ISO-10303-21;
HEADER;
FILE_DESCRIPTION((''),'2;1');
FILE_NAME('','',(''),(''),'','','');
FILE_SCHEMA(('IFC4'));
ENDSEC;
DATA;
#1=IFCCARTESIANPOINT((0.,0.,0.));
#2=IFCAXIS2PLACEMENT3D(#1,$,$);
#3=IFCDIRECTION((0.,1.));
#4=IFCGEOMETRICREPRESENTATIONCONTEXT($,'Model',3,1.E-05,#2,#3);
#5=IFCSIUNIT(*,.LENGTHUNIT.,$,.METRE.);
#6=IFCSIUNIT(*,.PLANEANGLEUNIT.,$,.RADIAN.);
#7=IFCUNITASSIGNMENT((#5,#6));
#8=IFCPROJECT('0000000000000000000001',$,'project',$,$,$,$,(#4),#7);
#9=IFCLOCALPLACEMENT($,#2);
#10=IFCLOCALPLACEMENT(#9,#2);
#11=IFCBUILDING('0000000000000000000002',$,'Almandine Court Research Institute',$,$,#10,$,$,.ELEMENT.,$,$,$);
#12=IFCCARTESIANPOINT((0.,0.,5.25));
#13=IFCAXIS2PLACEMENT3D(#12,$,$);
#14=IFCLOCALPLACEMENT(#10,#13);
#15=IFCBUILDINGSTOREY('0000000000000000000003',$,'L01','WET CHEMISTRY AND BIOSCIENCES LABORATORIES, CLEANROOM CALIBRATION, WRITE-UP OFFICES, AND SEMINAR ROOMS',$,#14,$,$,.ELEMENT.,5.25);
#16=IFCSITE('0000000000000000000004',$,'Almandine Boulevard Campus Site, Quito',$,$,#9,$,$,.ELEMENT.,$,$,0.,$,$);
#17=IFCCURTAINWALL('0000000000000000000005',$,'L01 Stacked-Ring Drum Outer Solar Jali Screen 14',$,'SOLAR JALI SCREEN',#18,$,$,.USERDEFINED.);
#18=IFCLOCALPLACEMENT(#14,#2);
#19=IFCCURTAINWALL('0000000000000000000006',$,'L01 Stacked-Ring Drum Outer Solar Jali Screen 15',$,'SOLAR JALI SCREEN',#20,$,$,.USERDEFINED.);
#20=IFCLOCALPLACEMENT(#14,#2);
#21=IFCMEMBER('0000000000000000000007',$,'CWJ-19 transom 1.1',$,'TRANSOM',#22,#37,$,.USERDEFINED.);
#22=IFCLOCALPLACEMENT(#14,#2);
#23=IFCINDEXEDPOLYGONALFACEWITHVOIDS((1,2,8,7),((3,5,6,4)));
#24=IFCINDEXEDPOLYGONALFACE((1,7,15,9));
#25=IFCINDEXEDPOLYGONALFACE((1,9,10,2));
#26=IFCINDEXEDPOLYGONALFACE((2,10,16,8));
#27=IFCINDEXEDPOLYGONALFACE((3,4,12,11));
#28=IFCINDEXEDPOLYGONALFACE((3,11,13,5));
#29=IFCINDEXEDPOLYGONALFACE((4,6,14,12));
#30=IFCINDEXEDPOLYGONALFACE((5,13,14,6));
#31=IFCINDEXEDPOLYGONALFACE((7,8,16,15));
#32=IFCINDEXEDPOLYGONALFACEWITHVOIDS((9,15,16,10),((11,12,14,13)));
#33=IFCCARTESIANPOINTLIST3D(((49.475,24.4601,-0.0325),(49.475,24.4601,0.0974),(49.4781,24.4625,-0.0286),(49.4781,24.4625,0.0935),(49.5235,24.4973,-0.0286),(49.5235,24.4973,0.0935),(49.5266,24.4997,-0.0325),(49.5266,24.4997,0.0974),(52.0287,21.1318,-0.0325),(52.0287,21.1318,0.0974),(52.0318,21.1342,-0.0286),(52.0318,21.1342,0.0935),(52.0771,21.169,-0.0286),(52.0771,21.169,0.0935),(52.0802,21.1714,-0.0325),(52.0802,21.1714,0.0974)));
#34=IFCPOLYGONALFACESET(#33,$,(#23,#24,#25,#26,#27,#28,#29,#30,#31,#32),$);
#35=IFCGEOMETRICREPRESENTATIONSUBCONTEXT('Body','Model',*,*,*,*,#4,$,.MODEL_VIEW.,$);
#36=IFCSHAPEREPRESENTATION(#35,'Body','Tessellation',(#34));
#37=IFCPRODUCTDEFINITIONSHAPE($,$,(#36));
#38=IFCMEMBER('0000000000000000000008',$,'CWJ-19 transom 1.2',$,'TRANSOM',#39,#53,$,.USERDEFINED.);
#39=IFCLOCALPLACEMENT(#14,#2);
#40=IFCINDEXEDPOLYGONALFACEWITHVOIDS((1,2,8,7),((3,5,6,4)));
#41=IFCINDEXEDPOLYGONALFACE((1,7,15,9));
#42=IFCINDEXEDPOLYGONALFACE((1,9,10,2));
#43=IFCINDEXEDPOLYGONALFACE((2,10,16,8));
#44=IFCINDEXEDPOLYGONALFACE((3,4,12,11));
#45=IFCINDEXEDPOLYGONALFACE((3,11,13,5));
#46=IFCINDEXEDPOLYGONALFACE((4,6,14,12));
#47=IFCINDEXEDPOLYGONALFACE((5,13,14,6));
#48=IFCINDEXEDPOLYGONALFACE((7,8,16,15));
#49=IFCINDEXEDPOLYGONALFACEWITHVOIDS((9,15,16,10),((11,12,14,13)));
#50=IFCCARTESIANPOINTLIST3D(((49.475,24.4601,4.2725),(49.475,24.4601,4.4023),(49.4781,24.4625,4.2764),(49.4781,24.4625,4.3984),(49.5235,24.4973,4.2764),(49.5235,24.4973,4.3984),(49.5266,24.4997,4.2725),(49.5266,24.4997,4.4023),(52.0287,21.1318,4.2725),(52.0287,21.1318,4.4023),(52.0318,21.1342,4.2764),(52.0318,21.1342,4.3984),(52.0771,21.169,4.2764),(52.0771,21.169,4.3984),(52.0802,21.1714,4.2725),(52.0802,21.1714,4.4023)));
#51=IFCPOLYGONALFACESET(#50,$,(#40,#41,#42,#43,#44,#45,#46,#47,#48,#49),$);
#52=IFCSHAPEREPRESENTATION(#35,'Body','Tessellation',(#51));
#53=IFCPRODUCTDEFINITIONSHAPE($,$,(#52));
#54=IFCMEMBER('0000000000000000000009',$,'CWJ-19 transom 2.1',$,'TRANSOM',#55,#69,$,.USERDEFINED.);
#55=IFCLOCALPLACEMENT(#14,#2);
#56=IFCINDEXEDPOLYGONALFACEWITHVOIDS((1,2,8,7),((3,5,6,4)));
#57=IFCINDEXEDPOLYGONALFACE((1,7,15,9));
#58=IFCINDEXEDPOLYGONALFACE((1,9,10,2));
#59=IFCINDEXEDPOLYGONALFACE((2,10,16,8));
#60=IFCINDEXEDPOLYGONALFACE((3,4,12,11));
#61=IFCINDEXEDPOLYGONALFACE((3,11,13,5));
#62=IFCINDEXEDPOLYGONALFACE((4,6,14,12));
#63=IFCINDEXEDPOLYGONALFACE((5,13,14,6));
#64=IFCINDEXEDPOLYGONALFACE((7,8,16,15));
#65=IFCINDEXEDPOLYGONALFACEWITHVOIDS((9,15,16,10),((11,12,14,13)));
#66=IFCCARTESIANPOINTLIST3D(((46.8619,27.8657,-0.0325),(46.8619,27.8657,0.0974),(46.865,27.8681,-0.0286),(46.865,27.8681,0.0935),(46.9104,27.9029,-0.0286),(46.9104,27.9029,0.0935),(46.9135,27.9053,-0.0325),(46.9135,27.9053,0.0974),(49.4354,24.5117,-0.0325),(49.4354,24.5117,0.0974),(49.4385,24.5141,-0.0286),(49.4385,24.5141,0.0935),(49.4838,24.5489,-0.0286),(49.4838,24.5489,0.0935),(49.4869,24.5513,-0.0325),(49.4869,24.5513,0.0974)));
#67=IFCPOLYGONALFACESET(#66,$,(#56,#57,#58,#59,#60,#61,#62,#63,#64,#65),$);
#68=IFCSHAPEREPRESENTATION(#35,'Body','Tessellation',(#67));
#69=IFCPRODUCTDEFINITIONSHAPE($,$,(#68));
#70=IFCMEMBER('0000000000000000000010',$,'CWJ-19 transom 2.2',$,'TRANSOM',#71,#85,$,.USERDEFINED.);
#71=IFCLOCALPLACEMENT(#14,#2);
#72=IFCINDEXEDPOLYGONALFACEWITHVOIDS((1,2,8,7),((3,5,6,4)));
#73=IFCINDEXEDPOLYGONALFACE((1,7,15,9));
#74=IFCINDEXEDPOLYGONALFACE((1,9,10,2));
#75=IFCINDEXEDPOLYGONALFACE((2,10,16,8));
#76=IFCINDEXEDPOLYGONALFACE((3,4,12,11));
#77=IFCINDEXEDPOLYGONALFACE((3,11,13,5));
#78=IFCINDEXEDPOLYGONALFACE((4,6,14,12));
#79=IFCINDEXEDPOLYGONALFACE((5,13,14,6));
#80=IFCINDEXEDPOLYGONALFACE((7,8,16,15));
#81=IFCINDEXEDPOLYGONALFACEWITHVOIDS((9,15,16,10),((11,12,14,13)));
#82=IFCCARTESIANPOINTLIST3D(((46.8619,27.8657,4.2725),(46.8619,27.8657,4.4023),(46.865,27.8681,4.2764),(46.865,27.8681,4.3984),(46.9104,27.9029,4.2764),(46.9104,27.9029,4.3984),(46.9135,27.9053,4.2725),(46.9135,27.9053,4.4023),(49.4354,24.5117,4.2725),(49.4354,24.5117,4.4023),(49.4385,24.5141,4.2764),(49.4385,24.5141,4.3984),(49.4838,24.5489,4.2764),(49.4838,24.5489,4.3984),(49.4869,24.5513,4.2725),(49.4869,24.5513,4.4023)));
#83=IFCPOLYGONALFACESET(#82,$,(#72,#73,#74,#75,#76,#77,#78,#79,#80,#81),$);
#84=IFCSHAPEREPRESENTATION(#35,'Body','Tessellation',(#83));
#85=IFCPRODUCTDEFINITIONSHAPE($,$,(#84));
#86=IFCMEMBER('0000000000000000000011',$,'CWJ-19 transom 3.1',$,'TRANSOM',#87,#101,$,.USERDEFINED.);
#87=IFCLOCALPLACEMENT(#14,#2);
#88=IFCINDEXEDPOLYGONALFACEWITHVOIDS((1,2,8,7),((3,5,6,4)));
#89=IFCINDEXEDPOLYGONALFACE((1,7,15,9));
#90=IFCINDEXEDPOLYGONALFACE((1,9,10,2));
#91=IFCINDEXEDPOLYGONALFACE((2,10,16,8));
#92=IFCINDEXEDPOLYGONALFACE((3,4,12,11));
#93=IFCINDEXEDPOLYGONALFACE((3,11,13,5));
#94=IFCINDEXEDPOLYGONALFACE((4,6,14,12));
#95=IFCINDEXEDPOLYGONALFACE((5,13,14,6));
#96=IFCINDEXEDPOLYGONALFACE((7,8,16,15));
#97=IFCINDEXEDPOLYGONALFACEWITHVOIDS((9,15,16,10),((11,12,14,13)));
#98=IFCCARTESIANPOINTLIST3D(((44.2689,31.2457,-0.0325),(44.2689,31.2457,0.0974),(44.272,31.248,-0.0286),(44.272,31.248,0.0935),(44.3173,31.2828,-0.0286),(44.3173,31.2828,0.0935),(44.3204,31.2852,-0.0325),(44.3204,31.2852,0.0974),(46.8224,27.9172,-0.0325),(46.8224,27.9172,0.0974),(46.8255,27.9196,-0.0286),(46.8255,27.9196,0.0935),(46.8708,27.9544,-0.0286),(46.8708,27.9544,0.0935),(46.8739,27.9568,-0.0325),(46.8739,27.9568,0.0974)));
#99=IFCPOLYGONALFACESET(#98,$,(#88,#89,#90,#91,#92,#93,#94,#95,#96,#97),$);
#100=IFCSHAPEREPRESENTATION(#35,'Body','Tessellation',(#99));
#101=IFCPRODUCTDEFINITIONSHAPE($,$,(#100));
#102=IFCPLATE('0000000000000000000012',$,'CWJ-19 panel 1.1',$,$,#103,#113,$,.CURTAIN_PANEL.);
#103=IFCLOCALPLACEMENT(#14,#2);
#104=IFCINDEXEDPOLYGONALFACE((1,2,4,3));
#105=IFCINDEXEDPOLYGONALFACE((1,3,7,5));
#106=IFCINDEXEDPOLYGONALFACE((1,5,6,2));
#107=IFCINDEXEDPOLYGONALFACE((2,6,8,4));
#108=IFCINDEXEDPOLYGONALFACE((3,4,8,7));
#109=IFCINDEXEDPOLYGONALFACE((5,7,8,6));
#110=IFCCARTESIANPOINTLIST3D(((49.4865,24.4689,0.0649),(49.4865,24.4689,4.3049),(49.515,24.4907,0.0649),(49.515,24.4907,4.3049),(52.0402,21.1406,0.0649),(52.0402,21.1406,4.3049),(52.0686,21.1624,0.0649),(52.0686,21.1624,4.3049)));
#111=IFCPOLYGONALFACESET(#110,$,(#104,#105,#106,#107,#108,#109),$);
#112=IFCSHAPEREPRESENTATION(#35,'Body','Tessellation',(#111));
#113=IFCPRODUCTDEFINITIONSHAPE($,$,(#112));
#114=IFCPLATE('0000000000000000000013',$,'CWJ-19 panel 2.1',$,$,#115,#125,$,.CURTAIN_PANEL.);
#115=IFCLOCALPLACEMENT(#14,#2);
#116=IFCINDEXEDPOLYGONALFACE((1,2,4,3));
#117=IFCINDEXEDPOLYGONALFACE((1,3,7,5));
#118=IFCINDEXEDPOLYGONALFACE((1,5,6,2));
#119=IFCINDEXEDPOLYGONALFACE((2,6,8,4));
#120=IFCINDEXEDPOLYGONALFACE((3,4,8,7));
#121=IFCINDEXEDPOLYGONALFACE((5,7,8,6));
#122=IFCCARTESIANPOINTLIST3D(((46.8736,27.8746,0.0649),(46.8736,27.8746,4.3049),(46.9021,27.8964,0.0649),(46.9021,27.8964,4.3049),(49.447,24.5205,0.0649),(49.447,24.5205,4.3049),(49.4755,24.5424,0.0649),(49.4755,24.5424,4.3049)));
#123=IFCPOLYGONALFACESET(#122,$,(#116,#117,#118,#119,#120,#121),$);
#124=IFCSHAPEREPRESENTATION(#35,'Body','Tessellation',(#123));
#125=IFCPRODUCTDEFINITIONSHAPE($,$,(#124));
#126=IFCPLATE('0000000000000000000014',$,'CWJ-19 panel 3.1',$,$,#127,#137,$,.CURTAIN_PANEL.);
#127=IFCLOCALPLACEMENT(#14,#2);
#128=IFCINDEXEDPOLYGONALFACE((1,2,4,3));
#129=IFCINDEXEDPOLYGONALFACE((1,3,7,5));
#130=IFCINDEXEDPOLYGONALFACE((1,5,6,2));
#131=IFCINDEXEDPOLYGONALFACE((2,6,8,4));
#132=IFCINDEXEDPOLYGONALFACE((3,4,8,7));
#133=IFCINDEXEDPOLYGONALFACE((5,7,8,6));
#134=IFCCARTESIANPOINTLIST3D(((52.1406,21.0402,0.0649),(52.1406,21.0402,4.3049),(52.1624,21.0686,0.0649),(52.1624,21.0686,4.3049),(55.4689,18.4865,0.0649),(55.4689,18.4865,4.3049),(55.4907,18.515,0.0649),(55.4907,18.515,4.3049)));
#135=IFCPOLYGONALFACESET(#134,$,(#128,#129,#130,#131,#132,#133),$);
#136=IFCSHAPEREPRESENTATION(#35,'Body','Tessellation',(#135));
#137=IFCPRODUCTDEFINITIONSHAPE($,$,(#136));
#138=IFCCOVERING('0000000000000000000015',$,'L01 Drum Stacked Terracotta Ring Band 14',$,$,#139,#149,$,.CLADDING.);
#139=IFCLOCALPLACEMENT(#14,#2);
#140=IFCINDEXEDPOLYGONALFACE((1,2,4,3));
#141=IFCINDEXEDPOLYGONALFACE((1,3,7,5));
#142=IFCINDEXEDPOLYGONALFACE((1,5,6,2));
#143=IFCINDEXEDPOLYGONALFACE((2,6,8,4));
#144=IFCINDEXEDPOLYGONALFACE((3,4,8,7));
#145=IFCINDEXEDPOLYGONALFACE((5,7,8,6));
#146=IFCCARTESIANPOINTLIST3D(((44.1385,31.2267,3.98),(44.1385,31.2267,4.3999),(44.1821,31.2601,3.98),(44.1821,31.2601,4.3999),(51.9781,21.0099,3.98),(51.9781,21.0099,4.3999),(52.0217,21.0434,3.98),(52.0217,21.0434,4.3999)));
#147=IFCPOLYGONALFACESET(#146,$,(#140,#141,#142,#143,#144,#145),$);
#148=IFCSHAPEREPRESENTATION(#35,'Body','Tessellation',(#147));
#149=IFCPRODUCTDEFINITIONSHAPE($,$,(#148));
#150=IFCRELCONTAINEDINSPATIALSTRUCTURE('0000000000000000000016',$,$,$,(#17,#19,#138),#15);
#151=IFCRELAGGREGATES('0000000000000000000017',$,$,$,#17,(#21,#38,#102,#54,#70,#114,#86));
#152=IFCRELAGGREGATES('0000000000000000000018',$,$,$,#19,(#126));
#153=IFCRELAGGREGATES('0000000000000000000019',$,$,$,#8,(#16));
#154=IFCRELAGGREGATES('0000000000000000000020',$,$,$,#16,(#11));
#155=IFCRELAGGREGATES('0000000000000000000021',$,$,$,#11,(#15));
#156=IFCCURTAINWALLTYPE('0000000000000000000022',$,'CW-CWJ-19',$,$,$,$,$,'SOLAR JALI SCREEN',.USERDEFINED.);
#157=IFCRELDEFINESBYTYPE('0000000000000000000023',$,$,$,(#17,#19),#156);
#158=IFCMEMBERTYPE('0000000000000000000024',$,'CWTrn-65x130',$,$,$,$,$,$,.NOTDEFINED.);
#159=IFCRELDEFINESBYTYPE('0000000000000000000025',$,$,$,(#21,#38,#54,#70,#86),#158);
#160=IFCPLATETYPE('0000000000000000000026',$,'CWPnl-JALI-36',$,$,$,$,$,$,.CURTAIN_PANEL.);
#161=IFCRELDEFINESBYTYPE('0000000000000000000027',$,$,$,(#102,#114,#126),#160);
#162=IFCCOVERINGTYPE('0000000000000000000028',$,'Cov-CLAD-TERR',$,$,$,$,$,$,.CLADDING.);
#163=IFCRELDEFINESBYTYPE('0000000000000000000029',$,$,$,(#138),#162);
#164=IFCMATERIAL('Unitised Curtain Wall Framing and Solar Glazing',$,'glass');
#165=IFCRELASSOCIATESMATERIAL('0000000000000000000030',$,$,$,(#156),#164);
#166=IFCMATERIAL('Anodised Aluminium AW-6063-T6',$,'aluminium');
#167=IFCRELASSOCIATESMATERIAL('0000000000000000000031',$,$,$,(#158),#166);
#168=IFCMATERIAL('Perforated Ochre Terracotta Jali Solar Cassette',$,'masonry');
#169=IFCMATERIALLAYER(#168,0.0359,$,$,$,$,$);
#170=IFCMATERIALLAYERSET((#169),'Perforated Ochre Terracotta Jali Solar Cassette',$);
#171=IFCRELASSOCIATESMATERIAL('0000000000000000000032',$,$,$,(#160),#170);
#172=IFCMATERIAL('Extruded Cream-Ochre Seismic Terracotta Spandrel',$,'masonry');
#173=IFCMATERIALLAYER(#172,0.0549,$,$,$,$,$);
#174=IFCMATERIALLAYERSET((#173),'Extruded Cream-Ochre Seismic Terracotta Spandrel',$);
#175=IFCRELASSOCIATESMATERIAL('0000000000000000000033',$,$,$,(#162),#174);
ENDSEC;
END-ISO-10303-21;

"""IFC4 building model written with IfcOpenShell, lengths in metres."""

from ifc_helpers import new_model, si_unit, direction, frame, origin, origin_2d, place, context, subcontext, project, spatial, rectangle, hollow_rectangle, extrude, material, layer, layer_set, material_profile, profile_set, type_object, element, aggregate, save


model = new_model("IFC4")

# Units and contexts
model_context = context("Model", 3, precision=1e-05, world=origin(), true_north=direction((0.0, 1.0)))
body_context = subcontext(model_context, "Body", "Model", "MODEL_VIEW")
ifc_project = project(units=[si_unit("LENGTHUNIT", "METRE"), si_unit("PLANEANGLEUNIT", "RADIAN")], contexts=[model_context])

# Site, building, storey
site_placement = place(None, origin())
site = spatial("IfcSite", under=ifc_project, at=site_placement, Name="Almandine Boulevard Campus Site, Quito", CompositionType="ELEMENT", RefElevation=0.0)
building_placement = place(site_placement, origin())
building = spatial("IfcBuilding", under=site, at=building_placement, Name="Almandine Court Research Institute", CompositionType="ELEMENT")
storey_placement = place(building_placement, frame((0.0, 0.0, 5.25)))
storey = spatial("IfcBuildingStorey", under=building, at=storey_placement, Name="L01", Description="WET CHEMISTRY AND BIOSCIENCES LABORATORIES, CLEANROOM CALIBRATION, WRITE-UP OFFICES, AND SEMINAR ROOMS", CompositionType="ELEMENT", Elevation=5.25)

# Curtain wall
ifc_material_1 = material(Name="Unitised Curtain Wall Framing and Solar Glazing", Category="glass")
curtain_wall_type = type_object("IfcCurtainWallType", Name="CW-CWJ-19", ElementType="SOLAR JALI SCREEN", PredefinedType="USERDEFINED", material=ifc_material_1)
curtain_wall_1_placement = place(storey_placement, origin())
curtain_wall_1 = element("IfcCurtainWall", 1, at=curtain_wall_1_placement, inside=storey, type_object=curtain_wall_type, Name="L01 Stacked-Ring Drum Outer Solar Jali Screen 14", ObjectType="SOLAR JALI SCREEN", PredefinedType="USERDEFINED")
ifc_material_2 = material(Name="Anodised Aluminium AW-6063-T6", Category="aluminium")

# Curtain wall
curtain_wall_2_placement = place(storey_placement, origin())
curtain_wall_2 = element("IfcCurtainWall", 2, at=curtain_wall_2_placement, inside=storey, type_object=curtain_wall_type, Name="L01 Stacked-Ring Drum Outer Solar Jali Screen 15", ObjectType="SOLAR JALI SCREEN", PredefinedType="USERDEFINED")

# Members
ifc_material_profile_1 = material_profile(ifc_material_2, hollow_rectangle(XDim=0.0649, YDim=0.1299, WallThickness=0.0039, at=origin_2d()), Name="ALU RHS 65x130x4")
ifc_profile_set_1 = profile_set([ifc_material_profile_1], Name="Anodised Aluminium AW-6063-T6")
member_type_1 = type_object("IfcMemberType", Name="CWTrn-65x130", PredefinedType="NOTDEFINED", material=ifc_profile_set_1)
member_1_placement = place(storey_placement, frame((52.0544, 21.1516, 0.0325), z_axis=(-0.608726, 0.793381, 0.0), x_axis=(-0.793381, -0.608726, 0.0)))
member_1 = element("IfcMember", 3, at=member_1_placement, type_object=member_type_1, Name="CWJ-19 transom 1.1", ObjectType="TRANSOM", PredefinedType="USERDEFINED", context=body_context, shape_type="SweptSolid", body=[
    extrude(hollow_rectangle(XDim=0.0649, YDim=0.1299, WallThickness=0.0039, at=origin_2d()), origin(), (0.0, 0.0, 1.0), 4.1951),
])
member_2_placement = place(storey_placement, frame((52.0544, 21.1516, 4.3374), z_axis=(-0.608726, 0.793381, 0.0), x_axis=(-0.793381, -0.608726, 0.0)))
member_2 = element("IfcMember", 4, at=member_2_placement, type_object=member_type_1, Name="CWJ-19 transom 1.2", ObjectType="TRANSOM", PredefinedType="USERDEFINED", context=body_context, shape_type="SweptSolid", body=[
    extrude(hollow_rectangle(XDim=0.0649, YDim=0.1299, WallThickness=0.0039, at=origin_2d()), origin(), (0.0, 0.0, 1.0), 4.1951),
])
member_3_placement = place(storey_placement, frame((49.4612, 24.5315, 0.0325), z_axis=(-0.608742, 0.793368, 0.0), x_axis=(-0.793368, -0.608742, 0.0)))
member_3 = element("IfcMember", 5, at=member_3_placement, type_object=member_type_1, Name="CWJ-19 transom 2.1", ObjectType="TRANSOM", PredefinedType="USERDEFINED", context=body_context, shape_type="SweptSolid", body=[
    extrude(hollow_rectangle(XDim=0.0649, YDim=0.1299, WallThickness=0.0039, at=origin_2d()), origin(), (0.0, 0.0, 1.0), 4.2275),
])
member_4_placement = place(storey_placement, frame((49.4612, 24.5315, 4.3374), z_axis=(-0.608742, 0.793368, 0.0), x_axis=(-0.793368, -0.608742, 0.0)))
member_4 = element("IfcMember", 6, at=member_4_placement, type_object=member_type_1, Name="CWJ-19 transom 2.2", ObjectType="TRANSOM", PredefinedType="USERDEFINED", context=body_context, shape_type="SweptSolid", body=[
    extrude(hollow_rectangle(XDim=0.0649, YDim=0.1299, WallThickness=0.0039, at=origin_2d()), origin(), (0.0, 0.0, 1.0), 4.2275),
])
member_5_placement = place(storey_placement, frame((46.8481, 27.937, 0.0325), z_axis=(-0.608689, 0.793409, 0.0), x_axis=(-0.793409, -0.608689, 0.0)))
member_5 = element("IfcMember", 7, at=member_5_placement, type_object=member_type_1, Name="CWJ-19 transom 3.1", ObjectType="TRANSOM", PredefinedType="USERDEFINED", context=body_context, shape_type="SweptSolid", body=[
    extrude(hollow_rectangle(XDim=0.0649, YDim=0.1299, WallThickness=0.0039, at=origin_2d()), origin(), (0.0, 0.0, 1.0), 4.1951),
])

# Plates
ifc_material_3 = material(Name="Perforated Ochre Terracotta Jali Solar Cassette", Category="masonry")
ifc_layer_1 = layer(ifc_material_3, 0.0359)
ifc_layer_set_1 = layer_set([ifc_layer_1], Name="Perforated Ochre Terracotta Jali Solar Cassette")
plate_type = type_object("IfcPlateType", Name="CWPnl-JALI-36", PredefinedType="CURTAIN_PANEL", material=ifc_layer_set_1)
plate_1_placement = place(storey_placement, frame((50.7776, 22.8157, 0.0649), z_axis=(0.0, 0.0, 1.0), x_axis=(-0.608723, 0.793383, 0.0)))
plate_1 = element("IfcPlate", 8, at=plate_1_placement, type_object=plate_type, Name="CWJ-19 panel 1.1", PredefinedType="CURTAIN_PANEL", context=body_context, shape_type="SweptSolid", body=[
    extrude(rectangle(XDim=4.1951, YDim=0.0359, at=origin_2d()), origin(), (0.0, 0.0, 1.0), 4.24),
])
plate_2_placement = place(storey_placement, frame((48.1746, 26.2085, 0.0649), z_axis=(0.0, 0.0, 1.0), x_axis=(-0.608723, 0.793383, 0.0)))
plate_2 = element("IfcPlate", 9, at=plate_2_placement, type_object=plate_type, Name="CWJ-19 panel 2.1", PredefinedType="CURTAIN_PANEL", context=body_context, shape_type="SweptSolid", body=[
    extrude(rectangle(XDim=4.2275, YDim=0.0359, at=origin_2d()), origin(), (0.0, 0.0, 1.0), 4.24),
])
aggregate(curtain_wall_1, [member_1, member_2, plate_1, member_3, member_4, plate_2, member_5])
plate_3_placement = place(storey_placement, frame((53.8157, 19.7776, 0.0649), z_axis=(0.0, 0.0, 1.0), x_axis=(-0.793383, 0.608723, 0.0)))
plate_3 = element("IfcPlate", 10, at=plate_3_placement, type_object=plate_type, Name="CWJ-19 panel 3.1", PredefinedType="CURTAIN_PANEL", context=body_context, shape_type="SweptSolid", body=[
    extrude(rectangle(XDim=4.1951, YDim=0.0359, at=origin_2d()), origin(), (0.0, 0.0, 1.0), 4.24),
])
aggregate(curtain_wall_2, [plate_3])

# Covering
ifc_material_4 = material(Name="Extruded Cream-Ochre Seismic Terracotta Spandrel", Category="masonry")
ifc_layer_2 = layer(ifc_material_4, 0.0549)
ifc_layer_set_2 = layer_set([ifc_layer_2], Name="Extruded Cream-Ochre Seismic Terracotta Spandrel")
covering_type = type_object("IfcCoveringType", Name="Cov-CLAD-TERR", PredefinedType="CLADDING", material=ifc_layer_set_2)
covering_placement = place(storey_placement, frame((48.0801, 26.135, 3.98), z_axis=(0.0, 0.0, 1.0), x_axis=(-0.608761, 0.793353, 0.0)))
element("IfcCovering", 11, at=covering_placement, inside=storey, type_object=covering_type, Name="L01 Drum Stacked Terracotta Ring Band 14", PredefinedType="CLADDING", context=body_context, shape_type="SweptSolid", body=[
    extrude(rectangle(XDim=12.8779, YDim=0.0549, at=origin_2d()), origin(), (0.0, 0.0, 1.0), 0.4199),
])

save(model, "model.ifc")
